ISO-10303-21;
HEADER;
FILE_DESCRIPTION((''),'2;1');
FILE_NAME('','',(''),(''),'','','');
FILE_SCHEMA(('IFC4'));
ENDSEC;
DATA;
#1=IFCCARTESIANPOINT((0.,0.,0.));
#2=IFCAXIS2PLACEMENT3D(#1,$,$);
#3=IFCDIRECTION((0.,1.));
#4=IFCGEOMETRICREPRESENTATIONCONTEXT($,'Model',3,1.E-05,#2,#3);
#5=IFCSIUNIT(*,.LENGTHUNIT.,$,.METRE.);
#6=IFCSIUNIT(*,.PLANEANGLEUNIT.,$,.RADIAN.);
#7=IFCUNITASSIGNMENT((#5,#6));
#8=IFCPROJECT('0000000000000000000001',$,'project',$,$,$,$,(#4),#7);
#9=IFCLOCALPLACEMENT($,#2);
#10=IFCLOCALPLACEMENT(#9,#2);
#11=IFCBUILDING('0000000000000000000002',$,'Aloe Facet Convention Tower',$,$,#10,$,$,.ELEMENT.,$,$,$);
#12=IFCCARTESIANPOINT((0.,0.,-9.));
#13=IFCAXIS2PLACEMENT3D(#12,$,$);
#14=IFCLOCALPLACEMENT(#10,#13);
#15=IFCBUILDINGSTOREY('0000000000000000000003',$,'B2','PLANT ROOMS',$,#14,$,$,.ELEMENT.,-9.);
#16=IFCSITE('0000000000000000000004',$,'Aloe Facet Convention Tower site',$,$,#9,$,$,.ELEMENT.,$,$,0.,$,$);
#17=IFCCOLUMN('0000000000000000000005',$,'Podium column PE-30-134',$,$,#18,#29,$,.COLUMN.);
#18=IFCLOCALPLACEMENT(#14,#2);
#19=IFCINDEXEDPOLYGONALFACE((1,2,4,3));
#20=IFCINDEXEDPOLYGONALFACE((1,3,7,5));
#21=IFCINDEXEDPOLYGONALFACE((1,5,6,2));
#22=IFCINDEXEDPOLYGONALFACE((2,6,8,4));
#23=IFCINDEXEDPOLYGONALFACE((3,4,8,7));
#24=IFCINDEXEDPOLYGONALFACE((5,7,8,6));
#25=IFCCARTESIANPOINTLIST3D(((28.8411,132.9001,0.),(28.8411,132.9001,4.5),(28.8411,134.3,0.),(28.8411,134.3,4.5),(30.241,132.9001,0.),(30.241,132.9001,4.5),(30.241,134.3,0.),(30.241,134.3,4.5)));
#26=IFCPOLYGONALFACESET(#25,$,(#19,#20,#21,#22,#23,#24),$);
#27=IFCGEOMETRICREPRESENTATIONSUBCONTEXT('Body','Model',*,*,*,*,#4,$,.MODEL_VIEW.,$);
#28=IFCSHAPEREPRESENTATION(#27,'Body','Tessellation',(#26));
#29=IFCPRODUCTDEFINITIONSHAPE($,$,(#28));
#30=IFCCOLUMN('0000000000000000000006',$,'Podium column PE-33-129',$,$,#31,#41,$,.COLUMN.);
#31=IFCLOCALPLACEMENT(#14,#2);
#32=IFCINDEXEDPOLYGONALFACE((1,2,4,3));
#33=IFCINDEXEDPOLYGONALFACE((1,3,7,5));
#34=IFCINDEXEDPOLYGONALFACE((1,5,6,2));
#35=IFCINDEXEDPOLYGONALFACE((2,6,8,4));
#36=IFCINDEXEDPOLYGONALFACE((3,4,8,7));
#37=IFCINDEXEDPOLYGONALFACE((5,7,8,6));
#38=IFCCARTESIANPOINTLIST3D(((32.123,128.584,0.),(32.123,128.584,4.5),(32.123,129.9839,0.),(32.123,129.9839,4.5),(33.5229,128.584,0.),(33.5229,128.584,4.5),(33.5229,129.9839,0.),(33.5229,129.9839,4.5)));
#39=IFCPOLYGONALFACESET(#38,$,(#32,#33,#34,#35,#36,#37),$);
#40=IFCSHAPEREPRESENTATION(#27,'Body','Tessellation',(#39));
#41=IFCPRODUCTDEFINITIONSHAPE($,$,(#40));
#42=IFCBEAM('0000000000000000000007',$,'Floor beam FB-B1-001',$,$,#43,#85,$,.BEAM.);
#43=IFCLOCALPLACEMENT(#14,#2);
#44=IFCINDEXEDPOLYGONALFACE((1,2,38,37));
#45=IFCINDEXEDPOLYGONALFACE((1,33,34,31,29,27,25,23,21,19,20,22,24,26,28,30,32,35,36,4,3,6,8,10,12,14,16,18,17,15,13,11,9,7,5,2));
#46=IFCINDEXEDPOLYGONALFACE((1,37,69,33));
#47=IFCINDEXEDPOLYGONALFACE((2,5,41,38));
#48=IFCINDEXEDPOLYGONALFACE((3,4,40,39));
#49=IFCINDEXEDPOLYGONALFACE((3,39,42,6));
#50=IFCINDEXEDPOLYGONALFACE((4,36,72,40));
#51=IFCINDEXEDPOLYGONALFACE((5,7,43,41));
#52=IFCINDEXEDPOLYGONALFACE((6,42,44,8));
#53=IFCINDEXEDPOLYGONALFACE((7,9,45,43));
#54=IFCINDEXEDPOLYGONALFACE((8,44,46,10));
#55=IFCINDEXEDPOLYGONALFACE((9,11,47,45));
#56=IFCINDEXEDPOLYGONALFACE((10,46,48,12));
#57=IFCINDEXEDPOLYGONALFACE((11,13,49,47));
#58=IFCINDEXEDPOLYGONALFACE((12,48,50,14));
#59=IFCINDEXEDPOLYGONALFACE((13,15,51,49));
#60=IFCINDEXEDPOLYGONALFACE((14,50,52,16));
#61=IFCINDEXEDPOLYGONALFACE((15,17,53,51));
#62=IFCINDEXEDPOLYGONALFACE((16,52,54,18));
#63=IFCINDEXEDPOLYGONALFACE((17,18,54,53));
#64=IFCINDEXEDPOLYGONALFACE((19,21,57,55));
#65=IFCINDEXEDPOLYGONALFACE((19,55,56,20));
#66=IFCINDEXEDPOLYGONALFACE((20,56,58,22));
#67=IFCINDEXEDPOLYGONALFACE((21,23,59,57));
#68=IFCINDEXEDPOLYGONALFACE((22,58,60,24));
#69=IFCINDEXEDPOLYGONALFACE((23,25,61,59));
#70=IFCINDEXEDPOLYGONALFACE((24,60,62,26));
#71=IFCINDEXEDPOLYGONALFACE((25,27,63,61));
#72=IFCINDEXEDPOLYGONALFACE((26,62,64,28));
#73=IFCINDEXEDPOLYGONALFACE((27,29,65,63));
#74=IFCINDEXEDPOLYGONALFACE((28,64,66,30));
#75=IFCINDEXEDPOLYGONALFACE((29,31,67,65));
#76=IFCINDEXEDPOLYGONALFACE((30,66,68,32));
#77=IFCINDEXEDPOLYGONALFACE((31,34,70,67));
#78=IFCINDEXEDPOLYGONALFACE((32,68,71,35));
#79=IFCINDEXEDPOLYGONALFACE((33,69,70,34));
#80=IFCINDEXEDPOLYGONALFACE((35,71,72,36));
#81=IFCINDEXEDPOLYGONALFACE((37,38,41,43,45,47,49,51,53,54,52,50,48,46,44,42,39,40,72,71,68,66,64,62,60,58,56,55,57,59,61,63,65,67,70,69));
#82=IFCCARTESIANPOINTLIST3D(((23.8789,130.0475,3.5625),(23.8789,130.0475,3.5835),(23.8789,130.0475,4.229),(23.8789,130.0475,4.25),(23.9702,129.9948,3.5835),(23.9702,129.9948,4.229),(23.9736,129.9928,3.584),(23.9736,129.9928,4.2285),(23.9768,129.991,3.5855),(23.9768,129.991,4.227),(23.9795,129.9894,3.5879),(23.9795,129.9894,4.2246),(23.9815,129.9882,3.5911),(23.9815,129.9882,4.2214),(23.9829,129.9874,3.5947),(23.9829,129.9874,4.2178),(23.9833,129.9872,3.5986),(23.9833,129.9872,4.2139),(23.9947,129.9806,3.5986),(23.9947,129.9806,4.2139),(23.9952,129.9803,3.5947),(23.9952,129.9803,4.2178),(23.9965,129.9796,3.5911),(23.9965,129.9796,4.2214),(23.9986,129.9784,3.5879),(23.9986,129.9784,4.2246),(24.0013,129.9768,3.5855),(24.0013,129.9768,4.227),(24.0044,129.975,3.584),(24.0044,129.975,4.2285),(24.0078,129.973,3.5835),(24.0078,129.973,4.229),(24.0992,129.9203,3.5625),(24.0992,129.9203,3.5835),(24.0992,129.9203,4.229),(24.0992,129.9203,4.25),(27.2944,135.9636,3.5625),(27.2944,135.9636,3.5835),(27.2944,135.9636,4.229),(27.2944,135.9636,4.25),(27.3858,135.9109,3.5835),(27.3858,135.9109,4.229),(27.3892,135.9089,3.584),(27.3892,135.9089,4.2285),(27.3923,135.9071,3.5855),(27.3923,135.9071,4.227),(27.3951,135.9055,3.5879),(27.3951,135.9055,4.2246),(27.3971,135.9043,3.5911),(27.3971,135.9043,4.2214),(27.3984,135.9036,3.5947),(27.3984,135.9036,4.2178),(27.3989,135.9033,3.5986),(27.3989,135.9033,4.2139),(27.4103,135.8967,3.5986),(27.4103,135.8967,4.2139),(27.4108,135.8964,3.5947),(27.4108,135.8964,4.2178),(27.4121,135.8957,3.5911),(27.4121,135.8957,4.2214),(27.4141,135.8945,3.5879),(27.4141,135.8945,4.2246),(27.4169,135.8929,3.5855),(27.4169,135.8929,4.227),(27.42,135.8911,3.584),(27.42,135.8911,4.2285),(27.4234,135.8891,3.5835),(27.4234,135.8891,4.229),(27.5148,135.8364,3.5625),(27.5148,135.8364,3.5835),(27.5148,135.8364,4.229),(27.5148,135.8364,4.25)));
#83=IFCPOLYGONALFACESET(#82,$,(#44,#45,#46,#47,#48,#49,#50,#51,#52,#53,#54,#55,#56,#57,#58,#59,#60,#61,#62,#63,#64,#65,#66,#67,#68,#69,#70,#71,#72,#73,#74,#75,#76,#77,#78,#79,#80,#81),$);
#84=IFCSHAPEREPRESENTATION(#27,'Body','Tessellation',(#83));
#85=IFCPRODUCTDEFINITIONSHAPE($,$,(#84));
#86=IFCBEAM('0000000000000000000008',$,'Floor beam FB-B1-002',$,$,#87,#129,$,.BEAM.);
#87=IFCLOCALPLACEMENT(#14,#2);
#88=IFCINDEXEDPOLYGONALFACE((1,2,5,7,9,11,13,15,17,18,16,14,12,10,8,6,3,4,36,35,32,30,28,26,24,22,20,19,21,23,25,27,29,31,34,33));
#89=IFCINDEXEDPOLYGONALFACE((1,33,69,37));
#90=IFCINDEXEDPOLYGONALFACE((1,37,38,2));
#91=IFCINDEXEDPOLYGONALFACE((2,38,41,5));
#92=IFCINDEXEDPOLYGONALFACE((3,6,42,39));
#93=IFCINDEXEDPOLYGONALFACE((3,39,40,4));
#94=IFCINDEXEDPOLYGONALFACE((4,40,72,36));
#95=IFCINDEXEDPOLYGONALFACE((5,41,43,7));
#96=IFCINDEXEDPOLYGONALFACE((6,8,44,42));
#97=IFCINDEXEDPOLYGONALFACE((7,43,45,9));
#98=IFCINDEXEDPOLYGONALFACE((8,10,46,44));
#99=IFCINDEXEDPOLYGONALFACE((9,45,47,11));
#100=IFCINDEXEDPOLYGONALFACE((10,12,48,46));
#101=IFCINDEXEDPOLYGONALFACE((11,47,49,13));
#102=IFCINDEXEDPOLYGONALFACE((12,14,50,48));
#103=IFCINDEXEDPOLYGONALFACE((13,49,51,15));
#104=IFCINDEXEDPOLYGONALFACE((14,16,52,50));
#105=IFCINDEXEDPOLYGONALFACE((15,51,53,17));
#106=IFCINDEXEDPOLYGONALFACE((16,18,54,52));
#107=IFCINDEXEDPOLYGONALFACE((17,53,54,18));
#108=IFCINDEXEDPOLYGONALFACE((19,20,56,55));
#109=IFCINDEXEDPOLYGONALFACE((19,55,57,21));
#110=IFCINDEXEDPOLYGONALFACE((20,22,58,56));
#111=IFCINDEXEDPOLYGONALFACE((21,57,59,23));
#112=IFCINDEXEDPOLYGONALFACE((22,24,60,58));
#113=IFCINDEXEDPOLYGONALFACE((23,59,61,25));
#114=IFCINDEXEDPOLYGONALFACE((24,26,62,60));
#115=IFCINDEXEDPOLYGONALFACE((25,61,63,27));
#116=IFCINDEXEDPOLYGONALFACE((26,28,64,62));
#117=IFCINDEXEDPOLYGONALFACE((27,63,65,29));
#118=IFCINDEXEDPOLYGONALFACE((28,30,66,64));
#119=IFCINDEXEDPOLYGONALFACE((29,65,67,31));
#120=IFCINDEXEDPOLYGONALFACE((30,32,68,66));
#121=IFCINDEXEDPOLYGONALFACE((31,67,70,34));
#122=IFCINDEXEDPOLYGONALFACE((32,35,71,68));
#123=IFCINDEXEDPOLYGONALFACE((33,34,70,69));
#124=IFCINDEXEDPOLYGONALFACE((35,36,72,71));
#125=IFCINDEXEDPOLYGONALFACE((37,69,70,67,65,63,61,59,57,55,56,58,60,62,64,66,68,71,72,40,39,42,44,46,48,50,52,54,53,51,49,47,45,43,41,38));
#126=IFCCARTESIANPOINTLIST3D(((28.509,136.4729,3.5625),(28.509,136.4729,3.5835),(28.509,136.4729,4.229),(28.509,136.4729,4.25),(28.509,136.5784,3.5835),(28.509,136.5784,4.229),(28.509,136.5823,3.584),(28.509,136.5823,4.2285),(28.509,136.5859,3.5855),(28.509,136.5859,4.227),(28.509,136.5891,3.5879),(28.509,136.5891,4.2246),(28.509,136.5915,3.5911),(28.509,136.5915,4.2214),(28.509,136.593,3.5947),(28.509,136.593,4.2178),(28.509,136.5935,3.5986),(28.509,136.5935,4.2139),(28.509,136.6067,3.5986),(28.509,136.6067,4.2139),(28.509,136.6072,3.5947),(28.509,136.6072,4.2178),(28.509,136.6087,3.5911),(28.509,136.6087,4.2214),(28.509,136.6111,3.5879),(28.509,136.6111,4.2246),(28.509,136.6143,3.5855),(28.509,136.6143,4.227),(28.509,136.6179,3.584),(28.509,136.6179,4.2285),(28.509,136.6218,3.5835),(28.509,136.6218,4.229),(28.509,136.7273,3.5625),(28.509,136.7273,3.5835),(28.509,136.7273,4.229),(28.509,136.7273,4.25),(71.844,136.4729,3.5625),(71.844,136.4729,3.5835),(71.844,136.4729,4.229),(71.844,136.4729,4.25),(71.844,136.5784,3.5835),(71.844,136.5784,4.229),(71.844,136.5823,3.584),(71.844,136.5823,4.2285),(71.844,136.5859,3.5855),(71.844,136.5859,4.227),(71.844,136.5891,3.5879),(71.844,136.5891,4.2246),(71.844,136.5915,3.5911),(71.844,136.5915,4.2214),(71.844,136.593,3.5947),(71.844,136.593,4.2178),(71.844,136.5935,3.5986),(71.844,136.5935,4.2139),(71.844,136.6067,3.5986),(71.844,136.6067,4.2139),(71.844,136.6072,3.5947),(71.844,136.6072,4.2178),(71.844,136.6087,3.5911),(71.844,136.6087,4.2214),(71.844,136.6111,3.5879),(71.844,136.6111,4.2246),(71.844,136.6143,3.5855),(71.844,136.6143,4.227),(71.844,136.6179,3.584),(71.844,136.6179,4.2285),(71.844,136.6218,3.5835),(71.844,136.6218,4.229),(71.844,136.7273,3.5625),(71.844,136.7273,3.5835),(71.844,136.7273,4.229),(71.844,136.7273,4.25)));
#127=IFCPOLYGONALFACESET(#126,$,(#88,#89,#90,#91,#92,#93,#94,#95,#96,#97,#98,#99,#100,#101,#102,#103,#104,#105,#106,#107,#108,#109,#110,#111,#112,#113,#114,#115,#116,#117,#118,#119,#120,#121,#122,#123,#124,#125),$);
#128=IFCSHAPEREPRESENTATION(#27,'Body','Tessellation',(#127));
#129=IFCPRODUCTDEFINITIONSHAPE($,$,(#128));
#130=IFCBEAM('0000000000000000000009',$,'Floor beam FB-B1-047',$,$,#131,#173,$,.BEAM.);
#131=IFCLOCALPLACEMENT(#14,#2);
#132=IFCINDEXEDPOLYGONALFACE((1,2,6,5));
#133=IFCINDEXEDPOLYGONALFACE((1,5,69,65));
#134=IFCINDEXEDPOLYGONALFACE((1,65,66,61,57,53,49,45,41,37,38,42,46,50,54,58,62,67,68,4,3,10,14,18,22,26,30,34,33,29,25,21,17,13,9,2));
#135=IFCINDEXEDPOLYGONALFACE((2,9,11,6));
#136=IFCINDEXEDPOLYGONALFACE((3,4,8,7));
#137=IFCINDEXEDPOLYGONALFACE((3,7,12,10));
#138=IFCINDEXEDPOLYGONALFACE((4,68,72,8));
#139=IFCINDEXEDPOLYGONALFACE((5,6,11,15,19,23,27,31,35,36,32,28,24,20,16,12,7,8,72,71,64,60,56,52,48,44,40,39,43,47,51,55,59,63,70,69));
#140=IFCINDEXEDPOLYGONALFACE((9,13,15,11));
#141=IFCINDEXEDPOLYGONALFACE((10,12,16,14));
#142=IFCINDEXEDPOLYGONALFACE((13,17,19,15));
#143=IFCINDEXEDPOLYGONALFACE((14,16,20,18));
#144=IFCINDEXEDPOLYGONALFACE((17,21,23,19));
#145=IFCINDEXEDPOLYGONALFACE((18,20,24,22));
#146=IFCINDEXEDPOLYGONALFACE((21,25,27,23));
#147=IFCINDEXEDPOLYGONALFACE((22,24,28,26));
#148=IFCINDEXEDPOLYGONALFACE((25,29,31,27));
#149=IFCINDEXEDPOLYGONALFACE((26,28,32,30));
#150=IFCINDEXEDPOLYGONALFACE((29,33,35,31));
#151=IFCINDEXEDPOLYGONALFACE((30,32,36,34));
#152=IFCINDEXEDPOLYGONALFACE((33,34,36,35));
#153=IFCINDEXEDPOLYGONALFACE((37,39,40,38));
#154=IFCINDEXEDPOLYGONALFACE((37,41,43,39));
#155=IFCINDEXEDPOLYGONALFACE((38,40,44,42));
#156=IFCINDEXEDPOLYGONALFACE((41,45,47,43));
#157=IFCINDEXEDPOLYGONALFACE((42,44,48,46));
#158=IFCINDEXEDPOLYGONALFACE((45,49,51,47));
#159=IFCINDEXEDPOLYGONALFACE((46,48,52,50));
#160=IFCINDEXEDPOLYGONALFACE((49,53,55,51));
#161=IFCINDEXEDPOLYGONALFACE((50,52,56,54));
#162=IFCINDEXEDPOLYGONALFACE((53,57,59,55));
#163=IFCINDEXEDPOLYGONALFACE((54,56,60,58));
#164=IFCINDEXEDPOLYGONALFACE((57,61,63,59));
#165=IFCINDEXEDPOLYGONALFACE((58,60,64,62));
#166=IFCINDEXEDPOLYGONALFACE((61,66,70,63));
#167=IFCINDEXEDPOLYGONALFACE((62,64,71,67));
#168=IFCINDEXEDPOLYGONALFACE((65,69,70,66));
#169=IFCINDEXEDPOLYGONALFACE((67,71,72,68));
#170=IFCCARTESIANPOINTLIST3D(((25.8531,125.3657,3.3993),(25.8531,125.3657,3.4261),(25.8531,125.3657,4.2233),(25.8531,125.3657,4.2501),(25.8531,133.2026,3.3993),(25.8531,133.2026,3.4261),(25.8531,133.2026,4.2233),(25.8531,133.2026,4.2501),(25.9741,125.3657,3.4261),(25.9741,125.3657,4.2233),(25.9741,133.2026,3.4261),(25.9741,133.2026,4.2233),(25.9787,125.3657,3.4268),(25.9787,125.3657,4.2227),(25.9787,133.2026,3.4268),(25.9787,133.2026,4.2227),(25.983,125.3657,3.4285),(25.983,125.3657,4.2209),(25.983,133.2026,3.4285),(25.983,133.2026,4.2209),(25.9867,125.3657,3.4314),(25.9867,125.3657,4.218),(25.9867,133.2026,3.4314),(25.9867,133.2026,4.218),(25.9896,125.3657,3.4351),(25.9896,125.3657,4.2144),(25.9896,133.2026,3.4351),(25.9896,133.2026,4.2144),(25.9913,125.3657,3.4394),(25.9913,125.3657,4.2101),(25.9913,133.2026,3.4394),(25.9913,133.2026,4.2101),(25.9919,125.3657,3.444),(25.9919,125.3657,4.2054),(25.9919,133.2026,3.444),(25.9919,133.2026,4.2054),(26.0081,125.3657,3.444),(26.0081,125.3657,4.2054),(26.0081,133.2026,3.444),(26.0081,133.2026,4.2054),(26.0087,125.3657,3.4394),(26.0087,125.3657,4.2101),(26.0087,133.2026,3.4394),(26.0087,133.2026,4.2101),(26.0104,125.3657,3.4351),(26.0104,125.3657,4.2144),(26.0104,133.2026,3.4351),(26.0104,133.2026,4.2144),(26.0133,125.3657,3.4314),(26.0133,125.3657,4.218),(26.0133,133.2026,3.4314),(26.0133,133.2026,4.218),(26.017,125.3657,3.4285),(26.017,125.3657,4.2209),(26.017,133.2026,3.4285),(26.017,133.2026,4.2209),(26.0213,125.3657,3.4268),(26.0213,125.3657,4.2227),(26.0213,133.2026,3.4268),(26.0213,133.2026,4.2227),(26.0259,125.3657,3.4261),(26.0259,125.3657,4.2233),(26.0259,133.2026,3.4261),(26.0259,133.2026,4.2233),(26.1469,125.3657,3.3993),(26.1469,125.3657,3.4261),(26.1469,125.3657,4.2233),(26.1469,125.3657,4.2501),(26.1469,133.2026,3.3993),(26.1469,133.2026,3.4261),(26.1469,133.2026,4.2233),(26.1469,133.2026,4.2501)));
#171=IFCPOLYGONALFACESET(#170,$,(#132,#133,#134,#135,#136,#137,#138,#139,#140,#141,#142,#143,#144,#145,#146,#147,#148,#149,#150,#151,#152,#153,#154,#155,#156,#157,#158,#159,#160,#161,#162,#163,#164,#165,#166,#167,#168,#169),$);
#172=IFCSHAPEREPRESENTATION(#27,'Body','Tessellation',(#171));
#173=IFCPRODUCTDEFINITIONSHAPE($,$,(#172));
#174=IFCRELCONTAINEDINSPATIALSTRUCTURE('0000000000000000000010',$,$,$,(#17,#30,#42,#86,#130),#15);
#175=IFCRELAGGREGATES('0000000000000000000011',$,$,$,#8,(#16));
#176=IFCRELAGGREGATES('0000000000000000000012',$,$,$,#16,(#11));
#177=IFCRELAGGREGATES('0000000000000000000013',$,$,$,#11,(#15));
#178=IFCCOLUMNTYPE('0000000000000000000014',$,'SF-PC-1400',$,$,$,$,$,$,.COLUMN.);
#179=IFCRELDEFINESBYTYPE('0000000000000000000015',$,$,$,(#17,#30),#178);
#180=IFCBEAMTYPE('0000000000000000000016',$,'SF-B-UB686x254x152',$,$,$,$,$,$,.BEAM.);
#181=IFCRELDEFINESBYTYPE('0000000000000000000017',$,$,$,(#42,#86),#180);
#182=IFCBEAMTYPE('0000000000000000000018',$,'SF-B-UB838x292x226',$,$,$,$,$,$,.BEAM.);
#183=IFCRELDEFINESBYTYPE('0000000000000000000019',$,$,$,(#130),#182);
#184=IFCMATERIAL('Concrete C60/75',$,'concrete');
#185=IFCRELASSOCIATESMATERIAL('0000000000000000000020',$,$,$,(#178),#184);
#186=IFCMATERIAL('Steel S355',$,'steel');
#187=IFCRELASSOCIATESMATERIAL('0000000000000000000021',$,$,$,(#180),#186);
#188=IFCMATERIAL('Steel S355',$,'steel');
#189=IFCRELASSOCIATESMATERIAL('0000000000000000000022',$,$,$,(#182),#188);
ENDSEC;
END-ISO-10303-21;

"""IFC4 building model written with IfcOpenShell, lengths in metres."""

from ifc_helpers import new_model, si_unit, direction, frame, origin, origin_2d, place, context, subcontext, project, spatial, rectangle, i_section, extrude, material, material_profile, profile_set, type_object, element, save


model = new_model("IFC4")

# Units and contexts
model_context = context("Model", 3, precision=1e-05, world=origin(), true_north=direction((0.0, 1.0)))
body_context = subcontext(model_context, "Body", "Model", "MODEL_VIEW")
ifc_project = project(units=[si_unit("LENGTHUNIT", "METRE"), si_unit("PLANEANGLEUNIT", "RADIAN")], contexts=[model_context])

# Site, building, storey
site_placement = place(None, origin())
site = spatial("IfcSite", under=ifc_project, at=site_placement, Name="Aloe Facet Convention Tower site", CompositionType="ELEMENT", RefElevation=0.0)
building_placement = place(site_placement, origin())
building = spatial("IfcBuilding", under=site, at=building_placement, Name="Aloe Facet Convention Tower", CompositionType="ELEMENT")
storey_placement = place(building_placement, frame((0.0, 0.0, -9.0)))
storey = spatial("IfcBuildingStorey", under=building, at=storey_placement, Name="B2", Description="PLANT ROOMS", CompositionType="ELEMENT", Elevation=-9.0)

# Columns
ifc_material_1 = material(Name="Concrete C60/75", Category="concrete")
ifc_material_profile_1 = material_profile(ifc_material_1, rectangle(XDim=1.3999, YDim=1.3999, at=origin_2d()), Name="SF-PC-1400")
ifc_profile_set_1 = profile_set([ifc_material_profile_1], Name="Concrete C60/75")
column_type = type_object("IfcColumnType", Name="SF-PC-1400", PredefinedType="COLUMN", material=ifc_profile_set_1)
for number, where, z_axis, x_axis, name in (
    (1, (29.541, 133.6001, 0.0), (0.0, 0.0, 1.0), (1.0, 0.0, 0.0), "Podium column PE-30-134"),
    (2, (32.823, 129.2839, 0.0), (0.0, 0.0, 1.0), (1.0, 0.0, 0.0), "Podium column PE-33-129"),
):
    element("IfcColumn", number, at=place(storey_placement, frame(where, z_axis=z_axis, x_axis=x_axis)), inside=storey, type_object=column_type, Name=name, PredefinedType="COLUMN", context=body_context, shape_type="SweptSolid", body=[
        extrude(rectangle(XDim=1.3999, YDim=1.3999, at=origin_2d()), origin(), (0.0, 0.0, 1.0), 4.5),
    ])

# Beams
ifc_material_2 = material(Name="Steel S355", Category="steel")
ifc_material_profile_2 = material_profile(ifc_material_2, i_section(OverallWidth=0.2544, OverallDepth=0.6875, WebThickness=0.0132, FlangeThickness=0.021, FilletRadius=0.0151, at=origin_2d()), Name="UB 686x254x152")
ifc_profile_set_2 = profile_set([ifc_material_profile_2], Name="Steel S355")
beam_type_1 = type_object("IfcBeamType", Name="SF-B-UB686x254x152", PredefinedType="BEAM", material=ifc_profile_set_2)
beam_1_placement = place(storey_placement, frame((23.989, 129.9839, 3.9062), z_axis=(0.499991, 0.866031, 0.0), x_axis=(-0.866031, 0.499991, 0.0)))
element("IfcBeam", 3, at=beam_1_placement, inside=storey, type_object=beam_type_1, Name="Floor beam FB-B1-001", PredefinedType="BEAM", context=body_context, shape_type="SweptSolid", body=[
    extrude(i_section(OverallWidth=0.2544, OverallDepth=0.6875, WebThickness=0.0132, FlangeThickness=0.021, FilletRadius=0.0151, at=origin_2d()), origin(), (0.0, 0.0, 1.0), 6.8313),
])
beam_2_placement = place(storey_placement, frame((28.509, 136.6001, 3.9062), z_axis=(1.0, 0.0, 0.0), x_axis=(0.0, 1.0, 0.0)))
element("IfcBeam", 4, at=beam_2_placement, inside=storey, type_object=beam_type_1, Name="Floor beam FB-B1-002", PredefinedType="BEAM", context=body_context, shape_type="SweptSolid", body=[
    extrude(i_section(OverallWidth=0.2544, OverallDepth=0.6875, WebThickness=0.0132, FlangeThickness=0.021, FilletRadius=0.0151, at=origin_2d()), origin(), (0.0, 0.0, 1.0), 43.335),
])
ifc_material_3 = material(Name="Steel S355", Category="steel")
ifc_material_profile_3 = material_profile(ifc_material_3, i_section(OverallWidth=0.2937, OverallDepth=0.8508, WebThickness=0.0161, FlangeThickness=0.0269, FilletRadius=0.0178, at=origin_2d()), Name="UB 838x292x226")
ifc_profile_set_3 = profile_set([ifc_material_profile_3], Name="Steel S355")
beam_type_2 = type_object("IfcBeamType", Name="SF-B-UB838x292x226", PredefinedType="BEAM", material=ifc_profile_set_3)
beam_3_placement = place(storey_placement, frame((26.0, 125.3657, 3.8247), z_axis=(0.0, 1.0, 0.0), x_axis=(-1.0, 0.0, 0.0)))
element("IfcBeam", 5, at=beam_3_placement, inside=storey, type_object=beam_type_2, Name="Floor beam FB-B1-047", PredefinedType="BEAM", context=body_context, shape_type="SweptSolid", body=[
    extrude(i_section(OverallWidth=0.2937, OverallDepth=0.8508, WebThickness=0.0161, FlangeThickness=0.0269, FilletRadius=0.0178, at=origin_2d()), origin(), (0.0, 0.0, 1.0), 7.8369),
])

save(model, "model.ifc")
